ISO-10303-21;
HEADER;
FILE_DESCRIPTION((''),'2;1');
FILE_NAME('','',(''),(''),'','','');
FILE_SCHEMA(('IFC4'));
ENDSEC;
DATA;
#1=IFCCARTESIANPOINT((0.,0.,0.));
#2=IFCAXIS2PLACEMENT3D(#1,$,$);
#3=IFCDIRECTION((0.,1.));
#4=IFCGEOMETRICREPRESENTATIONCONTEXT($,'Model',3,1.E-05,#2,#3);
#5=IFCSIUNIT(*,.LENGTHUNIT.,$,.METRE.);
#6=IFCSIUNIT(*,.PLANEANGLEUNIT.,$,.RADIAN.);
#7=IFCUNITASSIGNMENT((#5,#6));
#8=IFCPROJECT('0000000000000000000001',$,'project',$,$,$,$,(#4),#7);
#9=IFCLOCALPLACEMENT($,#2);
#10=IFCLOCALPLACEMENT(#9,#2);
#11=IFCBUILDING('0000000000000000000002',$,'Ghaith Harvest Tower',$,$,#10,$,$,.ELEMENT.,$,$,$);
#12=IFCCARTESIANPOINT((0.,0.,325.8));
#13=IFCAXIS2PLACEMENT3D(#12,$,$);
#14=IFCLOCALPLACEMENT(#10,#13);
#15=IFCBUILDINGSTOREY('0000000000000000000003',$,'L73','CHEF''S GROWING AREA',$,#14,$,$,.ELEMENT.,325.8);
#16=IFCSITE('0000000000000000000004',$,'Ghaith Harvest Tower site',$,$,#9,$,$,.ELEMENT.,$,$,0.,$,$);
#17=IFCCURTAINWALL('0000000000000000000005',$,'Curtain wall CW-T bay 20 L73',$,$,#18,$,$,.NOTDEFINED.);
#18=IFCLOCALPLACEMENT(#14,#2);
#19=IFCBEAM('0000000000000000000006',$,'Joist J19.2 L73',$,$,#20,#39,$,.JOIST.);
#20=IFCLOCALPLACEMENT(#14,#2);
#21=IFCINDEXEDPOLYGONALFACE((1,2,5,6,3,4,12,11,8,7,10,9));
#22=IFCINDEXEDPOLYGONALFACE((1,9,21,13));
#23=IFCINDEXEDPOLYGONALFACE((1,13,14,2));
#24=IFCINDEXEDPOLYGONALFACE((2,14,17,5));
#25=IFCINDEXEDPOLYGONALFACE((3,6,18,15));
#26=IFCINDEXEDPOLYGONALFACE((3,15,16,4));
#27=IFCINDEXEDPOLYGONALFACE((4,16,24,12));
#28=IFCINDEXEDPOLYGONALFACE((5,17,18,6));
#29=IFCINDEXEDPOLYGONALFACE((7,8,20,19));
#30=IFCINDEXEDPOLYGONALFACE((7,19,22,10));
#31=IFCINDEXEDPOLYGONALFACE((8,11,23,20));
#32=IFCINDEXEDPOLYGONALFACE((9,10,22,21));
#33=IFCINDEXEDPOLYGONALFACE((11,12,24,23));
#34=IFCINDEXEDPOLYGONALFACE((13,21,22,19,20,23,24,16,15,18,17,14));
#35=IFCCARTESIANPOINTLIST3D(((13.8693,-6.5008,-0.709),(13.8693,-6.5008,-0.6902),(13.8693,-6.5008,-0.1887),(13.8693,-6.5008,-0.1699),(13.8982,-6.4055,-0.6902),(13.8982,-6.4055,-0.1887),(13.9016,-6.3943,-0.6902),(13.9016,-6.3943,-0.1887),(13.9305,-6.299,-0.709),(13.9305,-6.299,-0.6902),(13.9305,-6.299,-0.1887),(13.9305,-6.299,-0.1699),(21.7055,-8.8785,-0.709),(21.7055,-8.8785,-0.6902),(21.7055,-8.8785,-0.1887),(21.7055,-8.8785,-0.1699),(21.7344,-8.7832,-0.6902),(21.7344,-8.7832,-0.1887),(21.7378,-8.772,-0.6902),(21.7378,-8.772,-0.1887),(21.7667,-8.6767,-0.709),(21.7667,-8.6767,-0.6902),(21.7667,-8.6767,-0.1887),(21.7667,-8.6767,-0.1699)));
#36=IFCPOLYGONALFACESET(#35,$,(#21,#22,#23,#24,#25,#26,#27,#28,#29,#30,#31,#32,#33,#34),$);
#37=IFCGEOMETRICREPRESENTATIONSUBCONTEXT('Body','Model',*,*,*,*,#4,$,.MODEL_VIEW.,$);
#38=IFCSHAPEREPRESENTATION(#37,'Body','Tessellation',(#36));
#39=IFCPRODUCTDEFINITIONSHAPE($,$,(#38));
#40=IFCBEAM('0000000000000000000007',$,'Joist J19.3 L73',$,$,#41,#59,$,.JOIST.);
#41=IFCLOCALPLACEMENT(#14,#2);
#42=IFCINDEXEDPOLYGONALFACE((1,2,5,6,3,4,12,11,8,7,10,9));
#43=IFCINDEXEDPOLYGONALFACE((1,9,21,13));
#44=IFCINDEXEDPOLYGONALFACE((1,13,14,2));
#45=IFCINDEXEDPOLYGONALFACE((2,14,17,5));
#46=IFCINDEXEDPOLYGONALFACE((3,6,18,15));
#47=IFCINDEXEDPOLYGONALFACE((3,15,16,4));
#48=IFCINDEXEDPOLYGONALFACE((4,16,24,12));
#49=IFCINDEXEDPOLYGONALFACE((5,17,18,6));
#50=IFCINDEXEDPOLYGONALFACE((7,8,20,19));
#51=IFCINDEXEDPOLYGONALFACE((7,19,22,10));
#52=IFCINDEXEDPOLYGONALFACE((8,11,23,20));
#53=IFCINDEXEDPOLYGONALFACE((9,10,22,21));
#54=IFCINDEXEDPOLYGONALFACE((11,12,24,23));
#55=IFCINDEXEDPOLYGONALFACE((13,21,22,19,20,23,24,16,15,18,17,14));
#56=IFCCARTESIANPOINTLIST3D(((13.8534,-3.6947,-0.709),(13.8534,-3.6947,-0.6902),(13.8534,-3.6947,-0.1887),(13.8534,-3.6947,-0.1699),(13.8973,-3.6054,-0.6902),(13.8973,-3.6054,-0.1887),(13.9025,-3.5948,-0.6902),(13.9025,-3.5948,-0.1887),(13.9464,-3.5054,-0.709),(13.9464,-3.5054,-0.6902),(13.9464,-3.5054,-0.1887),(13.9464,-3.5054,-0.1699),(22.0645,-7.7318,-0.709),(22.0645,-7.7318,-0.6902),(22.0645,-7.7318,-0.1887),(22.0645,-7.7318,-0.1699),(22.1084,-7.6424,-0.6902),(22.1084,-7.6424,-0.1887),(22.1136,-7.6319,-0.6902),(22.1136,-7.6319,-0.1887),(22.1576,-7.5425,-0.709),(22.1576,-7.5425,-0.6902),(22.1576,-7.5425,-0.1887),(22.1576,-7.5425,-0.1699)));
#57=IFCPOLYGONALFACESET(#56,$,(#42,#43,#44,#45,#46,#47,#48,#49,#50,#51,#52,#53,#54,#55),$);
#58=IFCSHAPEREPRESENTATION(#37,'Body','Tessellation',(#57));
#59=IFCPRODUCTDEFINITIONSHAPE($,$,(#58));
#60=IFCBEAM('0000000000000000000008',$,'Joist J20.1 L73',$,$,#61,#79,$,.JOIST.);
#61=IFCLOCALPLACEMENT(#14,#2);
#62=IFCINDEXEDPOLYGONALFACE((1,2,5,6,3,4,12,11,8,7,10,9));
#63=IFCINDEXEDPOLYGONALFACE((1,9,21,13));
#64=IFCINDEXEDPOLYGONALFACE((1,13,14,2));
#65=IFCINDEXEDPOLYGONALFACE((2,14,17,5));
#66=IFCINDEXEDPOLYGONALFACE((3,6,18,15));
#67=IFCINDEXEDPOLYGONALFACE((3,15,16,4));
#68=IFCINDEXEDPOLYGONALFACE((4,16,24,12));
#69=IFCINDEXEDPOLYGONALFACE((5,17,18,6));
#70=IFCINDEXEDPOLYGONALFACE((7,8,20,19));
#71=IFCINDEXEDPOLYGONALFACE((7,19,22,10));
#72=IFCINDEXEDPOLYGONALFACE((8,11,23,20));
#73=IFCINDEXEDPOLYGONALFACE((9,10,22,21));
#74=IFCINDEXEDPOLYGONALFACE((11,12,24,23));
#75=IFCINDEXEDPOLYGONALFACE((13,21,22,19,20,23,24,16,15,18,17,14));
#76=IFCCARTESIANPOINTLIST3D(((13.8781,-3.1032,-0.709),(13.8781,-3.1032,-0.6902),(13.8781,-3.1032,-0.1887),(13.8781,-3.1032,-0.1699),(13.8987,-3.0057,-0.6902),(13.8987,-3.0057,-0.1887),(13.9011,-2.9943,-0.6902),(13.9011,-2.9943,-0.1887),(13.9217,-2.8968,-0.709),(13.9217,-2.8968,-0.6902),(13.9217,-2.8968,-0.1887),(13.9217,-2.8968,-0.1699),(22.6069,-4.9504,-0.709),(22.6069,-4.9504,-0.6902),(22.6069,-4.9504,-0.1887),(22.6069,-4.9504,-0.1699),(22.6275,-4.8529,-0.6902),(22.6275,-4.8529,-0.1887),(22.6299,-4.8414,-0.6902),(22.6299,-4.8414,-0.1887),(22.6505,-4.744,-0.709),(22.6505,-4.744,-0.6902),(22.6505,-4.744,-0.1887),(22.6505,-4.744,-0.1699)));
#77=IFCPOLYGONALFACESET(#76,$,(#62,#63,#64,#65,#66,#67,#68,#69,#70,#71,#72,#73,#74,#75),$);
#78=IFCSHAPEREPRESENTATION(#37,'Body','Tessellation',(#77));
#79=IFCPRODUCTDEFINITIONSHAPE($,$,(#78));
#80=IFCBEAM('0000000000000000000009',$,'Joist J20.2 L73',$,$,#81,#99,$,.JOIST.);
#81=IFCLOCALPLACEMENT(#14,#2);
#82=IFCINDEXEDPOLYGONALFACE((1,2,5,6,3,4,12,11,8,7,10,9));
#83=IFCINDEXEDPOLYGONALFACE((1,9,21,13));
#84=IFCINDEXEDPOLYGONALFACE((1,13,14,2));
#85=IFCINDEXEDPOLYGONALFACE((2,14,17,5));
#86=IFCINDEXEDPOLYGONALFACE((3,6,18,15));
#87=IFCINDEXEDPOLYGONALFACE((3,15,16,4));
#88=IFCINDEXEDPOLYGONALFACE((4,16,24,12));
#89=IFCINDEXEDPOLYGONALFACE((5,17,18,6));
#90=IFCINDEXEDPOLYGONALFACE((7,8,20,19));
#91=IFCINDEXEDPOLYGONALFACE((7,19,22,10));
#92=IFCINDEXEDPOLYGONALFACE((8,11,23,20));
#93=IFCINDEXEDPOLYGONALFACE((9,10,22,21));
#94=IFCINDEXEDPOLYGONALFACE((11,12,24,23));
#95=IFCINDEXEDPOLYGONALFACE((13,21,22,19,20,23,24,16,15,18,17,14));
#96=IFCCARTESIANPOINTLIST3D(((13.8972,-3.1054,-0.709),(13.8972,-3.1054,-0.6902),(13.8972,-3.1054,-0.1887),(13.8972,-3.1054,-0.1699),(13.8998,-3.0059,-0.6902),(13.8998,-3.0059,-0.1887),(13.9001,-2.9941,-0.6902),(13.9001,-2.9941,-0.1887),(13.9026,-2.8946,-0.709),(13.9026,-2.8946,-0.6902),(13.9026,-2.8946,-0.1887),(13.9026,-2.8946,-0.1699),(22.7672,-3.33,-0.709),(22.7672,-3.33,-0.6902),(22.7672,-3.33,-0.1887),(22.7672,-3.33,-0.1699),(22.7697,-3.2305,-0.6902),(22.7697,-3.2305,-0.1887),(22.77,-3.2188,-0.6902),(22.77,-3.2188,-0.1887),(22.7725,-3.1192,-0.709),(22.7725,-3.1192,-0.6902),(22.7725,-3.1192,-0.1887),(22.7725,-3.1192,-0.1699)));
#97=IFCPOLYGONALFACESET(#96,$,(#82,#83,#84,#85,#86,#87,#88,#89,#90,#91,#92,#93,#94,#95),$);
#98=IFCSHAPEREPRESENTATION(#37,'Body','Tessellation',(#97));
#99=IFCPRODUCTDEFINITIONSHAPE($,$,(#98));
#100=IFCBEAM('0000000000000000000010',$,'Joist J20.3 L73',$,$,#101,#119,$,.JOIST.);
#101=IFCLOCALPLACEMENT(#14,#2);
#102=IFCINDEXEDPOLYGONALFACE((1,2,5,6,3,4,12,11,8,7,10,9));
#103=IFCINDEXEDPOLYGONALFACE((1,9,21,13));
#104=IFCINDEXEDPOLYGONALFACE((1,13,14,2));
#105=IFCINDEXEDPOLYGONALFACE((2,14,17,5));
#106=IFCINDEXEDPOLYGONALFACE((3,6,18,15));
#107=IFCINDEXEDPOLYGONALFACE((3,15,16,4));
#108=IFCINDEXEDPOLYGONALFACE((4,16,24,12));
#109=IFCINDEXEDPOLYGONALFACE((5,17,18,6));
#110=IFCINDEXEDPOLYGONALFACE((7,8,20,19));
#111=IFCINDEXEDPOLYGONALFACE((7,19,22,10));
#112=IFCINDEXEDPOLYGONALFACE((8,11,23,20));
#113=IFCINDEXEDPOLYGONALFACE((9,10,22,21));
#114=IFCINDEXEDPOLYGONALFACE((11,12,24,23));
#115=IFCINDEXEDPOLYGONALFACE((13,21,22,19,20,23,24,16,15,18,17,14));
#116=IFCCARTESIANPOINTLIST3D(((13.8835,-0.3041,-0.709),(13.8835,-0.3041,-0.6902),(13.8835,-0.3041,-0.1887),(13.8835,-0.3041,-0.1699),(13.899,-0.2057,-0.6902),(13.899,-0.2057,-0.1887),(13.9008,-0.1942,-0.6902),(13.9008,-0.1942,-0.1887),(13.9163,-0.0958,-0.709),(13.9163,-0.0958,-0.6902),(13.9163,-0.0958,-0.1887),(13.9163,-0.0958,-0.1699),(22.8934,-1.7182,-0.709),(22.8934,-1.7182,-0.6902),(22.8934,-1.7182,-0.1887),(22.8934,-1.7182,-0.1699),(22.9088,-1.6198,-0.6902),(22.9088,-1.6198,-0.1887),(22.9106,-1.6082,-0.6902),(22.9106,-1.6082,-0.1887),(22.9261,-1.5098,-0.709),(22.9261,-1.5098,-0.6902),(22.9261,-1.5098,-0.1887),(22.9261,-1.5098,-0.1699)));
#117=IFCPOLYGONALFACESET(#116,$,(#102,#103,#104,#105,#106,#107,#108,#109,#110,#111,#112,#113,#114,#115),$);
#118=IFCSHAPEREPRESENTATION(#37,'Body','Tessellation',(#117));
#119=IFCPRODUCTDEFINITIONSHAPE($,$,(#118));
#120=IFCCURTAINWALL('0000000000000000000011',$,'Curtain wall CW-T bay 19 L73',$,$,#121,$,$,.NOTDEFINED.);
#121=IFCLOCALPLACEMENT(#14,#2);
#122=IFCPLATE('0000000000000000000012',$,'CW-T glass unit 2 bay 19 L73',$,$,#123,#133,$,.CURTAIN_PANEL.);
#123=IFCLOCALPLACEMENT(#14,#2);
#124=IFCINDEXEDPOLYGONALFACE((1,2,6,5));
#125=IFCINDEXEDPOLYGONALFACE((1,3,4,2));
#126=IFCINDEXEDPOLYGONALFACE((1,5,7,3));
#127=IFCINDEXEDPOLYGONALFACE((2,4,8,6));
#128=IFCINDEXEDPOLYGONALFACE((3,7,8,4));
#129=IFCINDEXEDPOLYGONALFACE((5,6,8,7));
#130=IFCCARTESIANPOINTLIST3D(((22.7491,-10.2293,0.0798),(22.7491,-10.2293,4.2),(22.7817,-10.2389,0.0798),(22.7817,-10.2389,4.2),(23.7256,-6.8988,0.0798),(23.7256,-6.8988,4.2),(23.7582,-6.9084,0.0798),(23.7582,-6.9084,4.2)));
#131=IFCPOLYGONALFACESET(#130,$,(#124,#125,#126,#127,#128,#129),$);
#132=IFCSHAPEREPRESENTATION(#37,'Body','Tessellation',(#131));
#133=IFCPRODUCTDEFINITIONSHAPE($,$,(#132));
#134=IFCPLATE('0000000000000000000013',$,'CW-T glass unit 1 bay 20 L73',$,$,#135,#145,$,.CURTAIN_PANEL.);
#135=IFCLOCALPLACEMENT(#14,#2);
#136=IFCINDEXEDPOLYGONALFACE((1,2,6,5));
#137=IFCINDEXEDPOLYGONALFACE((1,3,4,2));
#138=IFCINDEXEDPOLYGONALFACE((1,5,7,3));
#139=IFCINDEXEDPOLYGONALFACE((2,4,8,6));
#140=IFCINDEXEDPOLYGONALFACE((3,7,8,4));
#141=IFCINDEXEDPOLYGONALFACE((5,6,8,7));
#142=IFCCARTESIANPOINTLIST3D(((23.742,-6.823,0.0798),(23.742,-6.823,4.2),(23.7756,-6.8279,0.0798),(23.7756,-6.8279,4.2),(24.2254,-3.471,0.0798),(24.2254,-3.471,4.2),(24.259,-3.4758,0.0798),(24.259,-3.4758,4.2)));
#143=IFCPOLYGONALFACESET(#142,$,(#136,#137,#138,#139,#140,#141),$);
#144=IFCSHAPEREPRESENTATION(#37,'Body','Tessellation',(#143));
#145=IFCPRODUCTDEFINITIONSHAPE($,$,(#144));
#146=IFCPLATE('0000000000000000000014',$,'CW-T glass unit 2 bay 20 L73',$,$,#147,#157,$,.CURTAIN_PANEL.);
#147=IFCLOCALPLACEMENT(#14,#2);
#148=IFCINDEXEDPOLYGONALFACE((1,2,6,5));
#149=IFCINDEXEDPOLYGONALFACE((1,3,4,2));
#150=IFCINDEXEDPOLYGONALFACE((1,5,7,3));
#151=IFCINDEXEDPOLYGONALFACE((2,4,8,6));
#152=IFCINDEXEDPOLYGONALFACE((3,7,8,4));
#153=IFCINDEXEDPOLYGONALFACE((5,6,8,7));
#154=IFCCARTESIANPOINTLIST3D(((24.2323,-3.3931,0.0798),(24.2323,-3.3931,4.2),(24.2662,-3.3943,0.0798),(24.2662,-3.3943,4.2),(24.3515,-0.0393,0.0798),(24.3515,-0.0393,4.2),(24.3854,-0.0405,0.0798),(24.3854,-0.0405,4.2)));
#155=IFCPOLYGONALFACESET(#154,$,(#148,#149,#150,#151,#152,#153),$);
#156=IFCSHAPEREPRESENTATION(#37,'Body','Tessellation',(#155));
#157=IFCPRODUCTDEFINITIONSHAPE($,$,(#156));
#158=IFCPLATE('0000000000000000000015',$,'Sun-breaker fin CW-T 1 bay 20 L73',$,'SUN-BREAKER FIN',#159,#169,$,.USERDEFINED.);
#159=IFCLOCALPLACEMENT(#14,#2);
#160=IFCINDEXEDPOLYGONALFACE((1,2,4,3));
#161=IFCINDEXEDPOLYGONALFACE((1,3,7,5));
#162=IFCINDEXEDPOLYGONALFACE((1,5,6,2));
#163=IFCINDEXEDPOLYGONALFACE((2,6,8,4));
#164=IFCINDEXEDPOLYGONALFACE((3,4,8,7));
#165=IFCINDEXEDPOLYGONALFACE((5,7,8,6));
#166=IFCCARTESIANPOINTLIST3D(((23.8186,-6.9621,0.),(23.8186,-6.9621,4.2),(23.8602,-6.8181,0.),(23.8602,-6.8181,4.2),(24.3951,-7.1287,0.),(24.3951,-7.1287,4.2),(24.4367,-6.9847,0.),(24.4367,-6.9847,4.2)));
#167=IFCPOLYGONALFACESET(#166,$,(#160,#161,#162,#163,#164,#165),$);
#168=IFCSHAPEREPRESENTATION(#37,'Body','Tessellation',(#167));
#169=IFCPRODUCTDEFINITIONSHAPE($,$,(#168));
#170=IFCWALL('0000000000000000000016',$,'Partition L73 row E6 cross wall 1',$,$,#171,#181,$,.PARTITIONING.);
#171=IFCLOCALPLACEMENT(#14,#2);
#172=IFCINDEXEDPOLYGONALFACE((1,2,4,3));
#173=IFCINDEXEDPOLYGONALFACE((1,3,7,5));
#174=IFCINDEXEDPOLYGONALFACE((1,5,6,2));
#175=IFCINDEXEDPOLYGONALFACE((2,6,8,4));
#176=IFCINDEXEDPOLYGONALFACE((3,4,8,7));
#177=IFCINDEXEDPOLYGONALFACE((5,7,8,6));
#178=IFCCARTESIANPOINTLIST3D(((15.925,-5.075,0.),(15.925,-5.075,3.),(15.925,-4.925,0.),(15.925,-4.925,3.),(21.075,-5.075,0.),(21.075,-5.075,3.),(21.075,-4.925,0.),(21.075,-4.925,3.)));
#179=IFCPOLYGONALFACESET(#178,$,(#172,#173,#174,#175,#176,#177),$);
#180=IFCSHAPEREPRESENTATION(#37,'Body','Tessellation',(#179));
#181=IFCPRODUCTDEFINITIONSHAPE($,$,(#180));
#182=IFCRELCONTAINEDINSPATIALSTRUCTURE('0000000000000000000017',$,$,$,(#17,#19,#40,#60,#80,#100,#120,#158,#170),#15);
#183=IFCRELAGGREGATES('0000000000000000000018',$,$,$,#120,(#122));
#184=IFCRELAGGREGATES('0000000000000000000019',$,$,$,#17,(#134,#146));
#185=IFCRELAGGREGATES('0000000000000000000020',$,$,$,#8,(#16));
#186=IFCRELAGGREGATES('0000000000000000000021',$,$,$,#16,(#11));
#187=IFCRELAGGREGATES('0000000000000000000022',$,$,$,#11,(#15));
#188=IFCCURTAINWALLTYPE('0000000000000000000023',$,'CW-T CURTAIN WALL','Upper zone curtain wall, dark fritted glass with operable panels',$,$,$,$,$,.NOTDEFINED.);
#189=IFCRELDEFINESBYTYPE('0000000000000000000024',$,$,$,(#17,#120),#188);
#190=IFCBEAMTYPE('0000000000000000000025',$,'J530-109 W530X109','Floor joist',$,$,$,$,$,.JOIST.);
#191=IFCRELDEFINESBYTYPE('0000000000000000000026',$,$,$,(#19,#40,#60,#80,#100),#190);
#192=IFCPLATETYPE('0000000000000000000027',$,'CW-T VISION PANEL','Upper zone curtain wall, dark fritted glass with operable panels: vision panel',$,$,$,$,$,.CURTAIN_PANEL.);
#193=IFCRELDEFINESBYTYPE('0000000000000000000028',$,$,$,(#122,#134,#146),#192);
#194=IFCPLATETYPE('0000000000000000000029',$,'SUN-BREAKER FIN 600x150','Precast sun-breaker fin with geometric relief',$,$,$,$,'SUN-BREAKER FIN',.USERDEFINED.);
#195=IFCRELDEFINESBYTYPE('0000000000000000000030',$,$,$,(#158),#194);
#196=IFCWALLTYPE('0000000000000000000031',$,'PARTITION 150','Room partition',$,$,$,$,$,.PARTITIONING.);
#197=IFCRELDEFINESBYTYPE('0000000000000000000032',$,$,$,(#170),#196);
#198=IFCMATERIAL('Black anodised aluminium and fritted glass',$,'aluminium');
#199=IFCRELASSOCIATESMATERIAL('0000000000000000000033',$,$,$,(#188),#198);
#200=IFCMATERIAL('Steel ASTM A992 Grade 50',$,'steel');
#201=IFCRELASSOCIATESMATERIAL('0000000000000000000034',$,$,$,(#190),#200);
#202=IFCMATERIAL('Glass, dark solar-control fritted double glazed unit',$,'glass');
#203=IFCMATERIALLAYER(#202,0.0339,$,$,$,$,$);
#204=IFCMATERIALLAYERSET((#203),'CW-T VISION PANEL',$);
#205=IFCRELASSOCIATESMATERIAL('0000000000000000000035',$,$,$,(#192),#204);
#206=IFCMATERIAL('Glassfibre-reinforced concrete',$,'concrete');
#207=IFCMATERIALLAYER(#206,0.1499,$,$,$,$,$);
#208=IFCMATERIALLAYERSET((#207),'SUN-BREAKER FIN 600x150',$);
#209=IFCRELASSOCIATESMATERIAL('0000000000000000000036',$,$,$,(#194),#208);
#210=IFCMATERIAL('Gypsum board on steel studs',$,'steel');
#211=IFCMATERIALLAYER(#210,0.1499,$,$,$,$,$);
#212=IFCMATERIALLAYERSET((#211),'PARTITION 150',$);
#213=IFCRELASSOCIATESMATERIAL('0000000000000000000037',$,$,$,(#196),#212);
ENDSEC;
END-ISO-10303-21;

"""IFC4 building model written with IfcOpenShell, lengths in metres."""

from ifc_helpers import new_model, si_unit, direction, frame, frame_2d, origin, origin_2d, place, context, subcontext, project, spatial, rectangle, i_section, extrude, material, layer, layer_set, material_profile, profile_set, type_object, element, aggregate, save


model = new_model("IFC4")

# Units and contexts
model_context = context("Model", 3, precision=1e-05, world=origin(), true_north=direction((0.0, 1.0)))
body_context = subcontext(model_context, "Body", "Model", "MODEL_VIEW")
ifc_project = project(units=[si_unit("LENGTHUNIT", "METRE"), si_unit("PLANEANGLEUNIT", "RADIAN")], contexts=[model_context])

# Site, building, storey
site_placement = place(None, origin())
site = spatial("IfcSite", under=ifc_project, at=site_placement, Name="Ghaith Harvest Tower site", CompositionType="ELEMENT", RefElevation=0.0)
building_placement = place(site_placement, origin())
building = spatial("IfcBuilding", under=site, at=building_placement, Name="Ghaith Harvest Tower", CompositionType="ELEMENT")
storey_placement = place(building_placement, frame((0.0, 0.0, 325.8)))
storey = spatial("IfcBuildingStorey", under=building, at=storey_placement, Name="L73", Description="CHEF'S GROWING AREA", CompositionType="ELEMENT", Elevation=325.8)

# Curtain wall
ifc_material_1 = material(Name="Black anodised aluminium and fritted glass", Category="aluminium")
curtain_wall_type = type_object("IfcCurtainWallType", Name="CW-T CURTAIN WALL", Description="Upper zone curtain wall, dark fritted glass with operable panels", PredefinedType="NOTDEFINED", material=ifc_material_1)
curtain_wall_1_placement = place(storey_placement, origin())
curtain_wall_1 = element("IfcCurtainWall", 1, at=curtain_wall_1_placement, inside=storey, type_object=curtain_wall_type, Name="Curtain wall CW-T bay 20 L73", PredefinedType="NOTDEFINED")

# Beams
ifc_material_2 = material(Name="Steel ASTM A992 Grade 50", Category="steel")
ifc_material_profile_1 = material_profile(ifc_material_2, i_section(OverallWidth=0.2109, OverallDepth=0.5391, WebThickness=0.0117, FlangeThickness=0.0188, at=origin_2d()), Name="W530X109")
ifc_profile_set_1 = profile_set([ifc_material_profile_1], Name="Steel ASTM A992 Grade 50")
beam_type_1 = type_object("IfcBeamType", Name="J530-109 W530X109", Description="Floor joist", PredefinedType="JOIST", material=ifc_profile_set_1)
beam_1_placement = place(storey_placement, frame((13.8999, -6.3999, -0.4395), z_axis=(0.95692, -0.290352, 0.0), x_axis=(0.290352, 0.95692, 0.0)))
element("IfcBeam", 2, at=beam_1_placement, inside=storey, type_object=beam_type_1, Name="Joist J19.2 L73", PredefinedType="JOIST", context=body_context, shape_type="SweptSolid", body=[
    extrude(i_section(OverallWidth=0.2109, OverallDepth=0.5391, WebThickness=0.0117, FlangeThickness=0.0188, at=origin_2d()), origin(), (0.0, 0.0, 1.0), 8.189),
])
beam_2_placement = place(storey_placement, frame((13.8999, -3.6001, -0.4395), z_axis=(0.897401, -0.441216, 0.0), x_axis=(0.441216, 0.897401, 0.0)))
element("IfcBeam", 3, at=beam_2_placement, inside=storey, type_object=beam_type_1, Name="Joist J19.3 L73", PredefinedType="JOIST", context=body_context, shape_type="SweptSolid", body=[
    extrude(i_section(OverallWidth=0.2109, OverallDepth=0.5391, WebThickness=0.0117, FlangeThickness=0.0188, at=origin_2d()), origin(), (0.0, 0.0, 1.0), 9.1499),
])
beam_3_placement = place(storey_placement, frame((13.8999, -3.0, -0.4395), z_axis=(0.978334, -0.207034, 0.0), x_axis=(0.207034, 0.978334, 0.0)))
element("IfcBeam", 4, at=beam_3_placement, inside=storey, type_object=beam_type_1, Name="Joist J20.1 L73", PredefinedType="JOIST", context=body_context, shape_type="SweptSolid", body=[
    extrude(i_section(OverallWidth=0.2109, OverallDepth=0.5391, WebThickness=0.0117, FlangeThickness=0.0188, at=origin_2d()), origin(), (0.0, 0.0, 1.0), 8.9221),
])
beam_4_placement = place(storey_placement, frame((13.8999, -3.0, -0.4395), z_axis=(0.99968, -0.025315, 0.0), x_axis=(0.025315, 0.99968, 0.0)))
element("IfcBeam", 5, at=beam_4_placement, inside=storey, type_object=beam_type_1, Name="Joist J20.2 L73", PredefinedType="JOIST", context=body_context, shape_type="SweptSolid", body=[
    extrude(i_section(OverallWidth=0.2109, OverallDepth=0.5391, WebThickness=0.0117, FlangeThickness=0.0188, at=origin_2d()), origin(), (0.0, 0.0, 1.0), 8.8728),
])
beam_5_placement = place(storey_placement, frame((13.8999, -0.2, -0.4395), z_axis=(0.987907, -0.15505, 0.0), x_axis=(0.15505, 0.987907, 0.0)))
element("IfcBeam", 6, at=beam_5_placement, inside=storey, type_object=beam_type_1, Name="Joist J20.3 L73", PredefinedType="JOIST", context=body_context, shape_type="SweptSolid", body=[
    extrude(i_section(OverallWidth=0.2109, OverallDepth=0.5391, WebThickness=0.0117, FlangeThickness=0.0188, at=origin_2d()), origin(), (0.0, 0.0, 1.0), 9.1201),
])

# Curtain wall, plate
curtain_wall_2_placement = place(storey_placement, origin())
curtain_wall_2 = element("IfcCurtainWall", 7, at=curtain_wall_2_placement, inside=storey, type_object=curtain_wall_type, Name="Curtain wall CW-T bay 19 L73", PredefinedType="NOTDEFINED")
ifc_material_3 = material(Name="Glass, dark solar-control fritted double glazed unit", Category="glass")
ifc_layer_1 = layer(ifc_material_3, 0.0339)
ifc_layer_set_1 = layer_set([ifc_layer_1], Name="CW-T VISION PANEL")
plate_type_1 = type_object("IfcPlateType", Name="CW-T VISION PANEL", Description="Upper zone curtain wall, dark fritted glass with operable panels: vision panel", PredefinedType="CURTAIN_PANEL", material=ifc_layer_set_1)
plate_1_placement = place(storey_placement, frame((23.2537, -8.5688, 0.0798), z_axis=(0.0, 0.0, 1.0), x_axis=(0.281345, 0.959607, 0.0)))
plate_1 = element("IfcPlate", 8, at=plate_1_placement, type_object=plate_type_1, Name="CW-T glass unit 2 bay 19 L73", PredefinedType="CURTAIN_PANEL", context=body_context, shape_type="SweptSolid", body=[
    extrude(rectangle(XDim=3.4707, YDim=0.0339, at=origin_2d()), origin(), (0.0, 0.0, 1.0), 4.1201),
])
aggregate(curtain_wall_2, [plate_1])

# Plates
plate_2_placement = place(storey_placement, frame((24.0005, -5.1494, 0.0798), z_axis=(0.0, 0.0, 1.0), x_axis=(0.14273, 0.989762, 0.0)))
plate_2 = element("IfcPlate", 9, at=plate_2_placement, type_object=plate_type_1, Name="CW-T glass unit 1 bay 20 L73", PredefinedType="CURTAIN_PANEL", context=body_context, shape_type="SweptSolid", body=[
    extrude(rectangle(XDim=3.3867, YDim=0.0339, at=origin_2d()), origin(), (0.0, 0.0, 1.0), 4.1201),
])
plate_3_placement = place(storey_placement, frame((24.3088, -1.7168, 0.0798), z_axis=(0.0, 0.0, 1.0), x_axis=(0.035536, 0.999368, 0.0)))
plate_3 = element("IfcPlate", 10, at=plate_3_placement, type_object=plate_type_1, Name="CW-T glass unit 2 bay 20 L73", PredefinedType="CURTAIN_PANEL", context=body_context, shape_type="SweptSolid", body=[
    extrude(rectangle(XDim=3.356, YDim=0.0339, at=origin_2d()), origin(), (0.0, 0.0, 1.0), 4.1201),
])
aggregate(curtain_wall_1, [plate_2, plate_3])
ifc_material_4 = material(Name="Glassfibre-reinforced concrete", Category="concrete")
ifc_layer_2 = layer(ifc_material_4, 0.1499)
ifc_layer_set_2 = layer_set([ifc_layer_2], Name="SUN-BREAKER FIN 600x150")
plate_type_2 = type_object("IfcPlateType", Name="SUN-BREAKER FIN 600x150", Description="Precast sun-breaker fin with geometric relief", ElementType="SUN-BREAKER FIN", PredefinedType="USERDEFINED", material=ifc_layer_set_2)
plate_4_placement = place(storey_placement, frame((24.1277, -6.9734, 0.0), z_axis=(0.0, 0.0, 1.0), x_axis=(0.96068, -0.277657, 0.0)))
element("IfcPlate", 11, at=plate_4_placement, inside=storey, type_object=plate_type_2, Name="Sun-breaker fin CW-T 1 bay 20 L73", ObjectType="SUN-BREAKER FIN", PredefinedType="USERDEFINED", context=body_context, shape_type="SweptSolid", body=[
    extrude(rectangle(XDim=0.6001, YDim=0.1499, at=origin_2d()), origin(), (0.0, 0.0, 1.0), 4.2),
])

# Wall
ifc_material_5 = material(Name="Gypsum board on steel studs", Category="steel")
ifc_layer_3 = layer(ifc_material_5, 0.1499)
ifc_layer_set_3 = layer_set([ifc_layer_3], Name="PARTITION 150")
wall_type_1 = type_object("IfcWallType", Name="PARTITION 150", Description="Room partition", PredefinedType="PARTITIONING", material=ifc_layer_set_3)
wall_1_placement = place(storey_placement, frame((15.925, -5.0, 0.0), z_axis=(0.0, 0.0, 1.0), x_axis=(1.0, 0.0, 0.0)))
element("IfcWall", 12, at=wall_1_placement, inside=storey, type_object=wall_type_1, Name="Partition L73 row E6 cross wall 1", PredefinedType="PARTITIONING", context=body_context, shape_type="SweptSolid", body=[
    extrude(rectangle(XDim=5.1499, YDim=0.1499, at=frame_2d((2.575, 0.0))), origin(), (0.0, 0.0, 1.0), 3.0),
])

save(model, "model.ifc")
